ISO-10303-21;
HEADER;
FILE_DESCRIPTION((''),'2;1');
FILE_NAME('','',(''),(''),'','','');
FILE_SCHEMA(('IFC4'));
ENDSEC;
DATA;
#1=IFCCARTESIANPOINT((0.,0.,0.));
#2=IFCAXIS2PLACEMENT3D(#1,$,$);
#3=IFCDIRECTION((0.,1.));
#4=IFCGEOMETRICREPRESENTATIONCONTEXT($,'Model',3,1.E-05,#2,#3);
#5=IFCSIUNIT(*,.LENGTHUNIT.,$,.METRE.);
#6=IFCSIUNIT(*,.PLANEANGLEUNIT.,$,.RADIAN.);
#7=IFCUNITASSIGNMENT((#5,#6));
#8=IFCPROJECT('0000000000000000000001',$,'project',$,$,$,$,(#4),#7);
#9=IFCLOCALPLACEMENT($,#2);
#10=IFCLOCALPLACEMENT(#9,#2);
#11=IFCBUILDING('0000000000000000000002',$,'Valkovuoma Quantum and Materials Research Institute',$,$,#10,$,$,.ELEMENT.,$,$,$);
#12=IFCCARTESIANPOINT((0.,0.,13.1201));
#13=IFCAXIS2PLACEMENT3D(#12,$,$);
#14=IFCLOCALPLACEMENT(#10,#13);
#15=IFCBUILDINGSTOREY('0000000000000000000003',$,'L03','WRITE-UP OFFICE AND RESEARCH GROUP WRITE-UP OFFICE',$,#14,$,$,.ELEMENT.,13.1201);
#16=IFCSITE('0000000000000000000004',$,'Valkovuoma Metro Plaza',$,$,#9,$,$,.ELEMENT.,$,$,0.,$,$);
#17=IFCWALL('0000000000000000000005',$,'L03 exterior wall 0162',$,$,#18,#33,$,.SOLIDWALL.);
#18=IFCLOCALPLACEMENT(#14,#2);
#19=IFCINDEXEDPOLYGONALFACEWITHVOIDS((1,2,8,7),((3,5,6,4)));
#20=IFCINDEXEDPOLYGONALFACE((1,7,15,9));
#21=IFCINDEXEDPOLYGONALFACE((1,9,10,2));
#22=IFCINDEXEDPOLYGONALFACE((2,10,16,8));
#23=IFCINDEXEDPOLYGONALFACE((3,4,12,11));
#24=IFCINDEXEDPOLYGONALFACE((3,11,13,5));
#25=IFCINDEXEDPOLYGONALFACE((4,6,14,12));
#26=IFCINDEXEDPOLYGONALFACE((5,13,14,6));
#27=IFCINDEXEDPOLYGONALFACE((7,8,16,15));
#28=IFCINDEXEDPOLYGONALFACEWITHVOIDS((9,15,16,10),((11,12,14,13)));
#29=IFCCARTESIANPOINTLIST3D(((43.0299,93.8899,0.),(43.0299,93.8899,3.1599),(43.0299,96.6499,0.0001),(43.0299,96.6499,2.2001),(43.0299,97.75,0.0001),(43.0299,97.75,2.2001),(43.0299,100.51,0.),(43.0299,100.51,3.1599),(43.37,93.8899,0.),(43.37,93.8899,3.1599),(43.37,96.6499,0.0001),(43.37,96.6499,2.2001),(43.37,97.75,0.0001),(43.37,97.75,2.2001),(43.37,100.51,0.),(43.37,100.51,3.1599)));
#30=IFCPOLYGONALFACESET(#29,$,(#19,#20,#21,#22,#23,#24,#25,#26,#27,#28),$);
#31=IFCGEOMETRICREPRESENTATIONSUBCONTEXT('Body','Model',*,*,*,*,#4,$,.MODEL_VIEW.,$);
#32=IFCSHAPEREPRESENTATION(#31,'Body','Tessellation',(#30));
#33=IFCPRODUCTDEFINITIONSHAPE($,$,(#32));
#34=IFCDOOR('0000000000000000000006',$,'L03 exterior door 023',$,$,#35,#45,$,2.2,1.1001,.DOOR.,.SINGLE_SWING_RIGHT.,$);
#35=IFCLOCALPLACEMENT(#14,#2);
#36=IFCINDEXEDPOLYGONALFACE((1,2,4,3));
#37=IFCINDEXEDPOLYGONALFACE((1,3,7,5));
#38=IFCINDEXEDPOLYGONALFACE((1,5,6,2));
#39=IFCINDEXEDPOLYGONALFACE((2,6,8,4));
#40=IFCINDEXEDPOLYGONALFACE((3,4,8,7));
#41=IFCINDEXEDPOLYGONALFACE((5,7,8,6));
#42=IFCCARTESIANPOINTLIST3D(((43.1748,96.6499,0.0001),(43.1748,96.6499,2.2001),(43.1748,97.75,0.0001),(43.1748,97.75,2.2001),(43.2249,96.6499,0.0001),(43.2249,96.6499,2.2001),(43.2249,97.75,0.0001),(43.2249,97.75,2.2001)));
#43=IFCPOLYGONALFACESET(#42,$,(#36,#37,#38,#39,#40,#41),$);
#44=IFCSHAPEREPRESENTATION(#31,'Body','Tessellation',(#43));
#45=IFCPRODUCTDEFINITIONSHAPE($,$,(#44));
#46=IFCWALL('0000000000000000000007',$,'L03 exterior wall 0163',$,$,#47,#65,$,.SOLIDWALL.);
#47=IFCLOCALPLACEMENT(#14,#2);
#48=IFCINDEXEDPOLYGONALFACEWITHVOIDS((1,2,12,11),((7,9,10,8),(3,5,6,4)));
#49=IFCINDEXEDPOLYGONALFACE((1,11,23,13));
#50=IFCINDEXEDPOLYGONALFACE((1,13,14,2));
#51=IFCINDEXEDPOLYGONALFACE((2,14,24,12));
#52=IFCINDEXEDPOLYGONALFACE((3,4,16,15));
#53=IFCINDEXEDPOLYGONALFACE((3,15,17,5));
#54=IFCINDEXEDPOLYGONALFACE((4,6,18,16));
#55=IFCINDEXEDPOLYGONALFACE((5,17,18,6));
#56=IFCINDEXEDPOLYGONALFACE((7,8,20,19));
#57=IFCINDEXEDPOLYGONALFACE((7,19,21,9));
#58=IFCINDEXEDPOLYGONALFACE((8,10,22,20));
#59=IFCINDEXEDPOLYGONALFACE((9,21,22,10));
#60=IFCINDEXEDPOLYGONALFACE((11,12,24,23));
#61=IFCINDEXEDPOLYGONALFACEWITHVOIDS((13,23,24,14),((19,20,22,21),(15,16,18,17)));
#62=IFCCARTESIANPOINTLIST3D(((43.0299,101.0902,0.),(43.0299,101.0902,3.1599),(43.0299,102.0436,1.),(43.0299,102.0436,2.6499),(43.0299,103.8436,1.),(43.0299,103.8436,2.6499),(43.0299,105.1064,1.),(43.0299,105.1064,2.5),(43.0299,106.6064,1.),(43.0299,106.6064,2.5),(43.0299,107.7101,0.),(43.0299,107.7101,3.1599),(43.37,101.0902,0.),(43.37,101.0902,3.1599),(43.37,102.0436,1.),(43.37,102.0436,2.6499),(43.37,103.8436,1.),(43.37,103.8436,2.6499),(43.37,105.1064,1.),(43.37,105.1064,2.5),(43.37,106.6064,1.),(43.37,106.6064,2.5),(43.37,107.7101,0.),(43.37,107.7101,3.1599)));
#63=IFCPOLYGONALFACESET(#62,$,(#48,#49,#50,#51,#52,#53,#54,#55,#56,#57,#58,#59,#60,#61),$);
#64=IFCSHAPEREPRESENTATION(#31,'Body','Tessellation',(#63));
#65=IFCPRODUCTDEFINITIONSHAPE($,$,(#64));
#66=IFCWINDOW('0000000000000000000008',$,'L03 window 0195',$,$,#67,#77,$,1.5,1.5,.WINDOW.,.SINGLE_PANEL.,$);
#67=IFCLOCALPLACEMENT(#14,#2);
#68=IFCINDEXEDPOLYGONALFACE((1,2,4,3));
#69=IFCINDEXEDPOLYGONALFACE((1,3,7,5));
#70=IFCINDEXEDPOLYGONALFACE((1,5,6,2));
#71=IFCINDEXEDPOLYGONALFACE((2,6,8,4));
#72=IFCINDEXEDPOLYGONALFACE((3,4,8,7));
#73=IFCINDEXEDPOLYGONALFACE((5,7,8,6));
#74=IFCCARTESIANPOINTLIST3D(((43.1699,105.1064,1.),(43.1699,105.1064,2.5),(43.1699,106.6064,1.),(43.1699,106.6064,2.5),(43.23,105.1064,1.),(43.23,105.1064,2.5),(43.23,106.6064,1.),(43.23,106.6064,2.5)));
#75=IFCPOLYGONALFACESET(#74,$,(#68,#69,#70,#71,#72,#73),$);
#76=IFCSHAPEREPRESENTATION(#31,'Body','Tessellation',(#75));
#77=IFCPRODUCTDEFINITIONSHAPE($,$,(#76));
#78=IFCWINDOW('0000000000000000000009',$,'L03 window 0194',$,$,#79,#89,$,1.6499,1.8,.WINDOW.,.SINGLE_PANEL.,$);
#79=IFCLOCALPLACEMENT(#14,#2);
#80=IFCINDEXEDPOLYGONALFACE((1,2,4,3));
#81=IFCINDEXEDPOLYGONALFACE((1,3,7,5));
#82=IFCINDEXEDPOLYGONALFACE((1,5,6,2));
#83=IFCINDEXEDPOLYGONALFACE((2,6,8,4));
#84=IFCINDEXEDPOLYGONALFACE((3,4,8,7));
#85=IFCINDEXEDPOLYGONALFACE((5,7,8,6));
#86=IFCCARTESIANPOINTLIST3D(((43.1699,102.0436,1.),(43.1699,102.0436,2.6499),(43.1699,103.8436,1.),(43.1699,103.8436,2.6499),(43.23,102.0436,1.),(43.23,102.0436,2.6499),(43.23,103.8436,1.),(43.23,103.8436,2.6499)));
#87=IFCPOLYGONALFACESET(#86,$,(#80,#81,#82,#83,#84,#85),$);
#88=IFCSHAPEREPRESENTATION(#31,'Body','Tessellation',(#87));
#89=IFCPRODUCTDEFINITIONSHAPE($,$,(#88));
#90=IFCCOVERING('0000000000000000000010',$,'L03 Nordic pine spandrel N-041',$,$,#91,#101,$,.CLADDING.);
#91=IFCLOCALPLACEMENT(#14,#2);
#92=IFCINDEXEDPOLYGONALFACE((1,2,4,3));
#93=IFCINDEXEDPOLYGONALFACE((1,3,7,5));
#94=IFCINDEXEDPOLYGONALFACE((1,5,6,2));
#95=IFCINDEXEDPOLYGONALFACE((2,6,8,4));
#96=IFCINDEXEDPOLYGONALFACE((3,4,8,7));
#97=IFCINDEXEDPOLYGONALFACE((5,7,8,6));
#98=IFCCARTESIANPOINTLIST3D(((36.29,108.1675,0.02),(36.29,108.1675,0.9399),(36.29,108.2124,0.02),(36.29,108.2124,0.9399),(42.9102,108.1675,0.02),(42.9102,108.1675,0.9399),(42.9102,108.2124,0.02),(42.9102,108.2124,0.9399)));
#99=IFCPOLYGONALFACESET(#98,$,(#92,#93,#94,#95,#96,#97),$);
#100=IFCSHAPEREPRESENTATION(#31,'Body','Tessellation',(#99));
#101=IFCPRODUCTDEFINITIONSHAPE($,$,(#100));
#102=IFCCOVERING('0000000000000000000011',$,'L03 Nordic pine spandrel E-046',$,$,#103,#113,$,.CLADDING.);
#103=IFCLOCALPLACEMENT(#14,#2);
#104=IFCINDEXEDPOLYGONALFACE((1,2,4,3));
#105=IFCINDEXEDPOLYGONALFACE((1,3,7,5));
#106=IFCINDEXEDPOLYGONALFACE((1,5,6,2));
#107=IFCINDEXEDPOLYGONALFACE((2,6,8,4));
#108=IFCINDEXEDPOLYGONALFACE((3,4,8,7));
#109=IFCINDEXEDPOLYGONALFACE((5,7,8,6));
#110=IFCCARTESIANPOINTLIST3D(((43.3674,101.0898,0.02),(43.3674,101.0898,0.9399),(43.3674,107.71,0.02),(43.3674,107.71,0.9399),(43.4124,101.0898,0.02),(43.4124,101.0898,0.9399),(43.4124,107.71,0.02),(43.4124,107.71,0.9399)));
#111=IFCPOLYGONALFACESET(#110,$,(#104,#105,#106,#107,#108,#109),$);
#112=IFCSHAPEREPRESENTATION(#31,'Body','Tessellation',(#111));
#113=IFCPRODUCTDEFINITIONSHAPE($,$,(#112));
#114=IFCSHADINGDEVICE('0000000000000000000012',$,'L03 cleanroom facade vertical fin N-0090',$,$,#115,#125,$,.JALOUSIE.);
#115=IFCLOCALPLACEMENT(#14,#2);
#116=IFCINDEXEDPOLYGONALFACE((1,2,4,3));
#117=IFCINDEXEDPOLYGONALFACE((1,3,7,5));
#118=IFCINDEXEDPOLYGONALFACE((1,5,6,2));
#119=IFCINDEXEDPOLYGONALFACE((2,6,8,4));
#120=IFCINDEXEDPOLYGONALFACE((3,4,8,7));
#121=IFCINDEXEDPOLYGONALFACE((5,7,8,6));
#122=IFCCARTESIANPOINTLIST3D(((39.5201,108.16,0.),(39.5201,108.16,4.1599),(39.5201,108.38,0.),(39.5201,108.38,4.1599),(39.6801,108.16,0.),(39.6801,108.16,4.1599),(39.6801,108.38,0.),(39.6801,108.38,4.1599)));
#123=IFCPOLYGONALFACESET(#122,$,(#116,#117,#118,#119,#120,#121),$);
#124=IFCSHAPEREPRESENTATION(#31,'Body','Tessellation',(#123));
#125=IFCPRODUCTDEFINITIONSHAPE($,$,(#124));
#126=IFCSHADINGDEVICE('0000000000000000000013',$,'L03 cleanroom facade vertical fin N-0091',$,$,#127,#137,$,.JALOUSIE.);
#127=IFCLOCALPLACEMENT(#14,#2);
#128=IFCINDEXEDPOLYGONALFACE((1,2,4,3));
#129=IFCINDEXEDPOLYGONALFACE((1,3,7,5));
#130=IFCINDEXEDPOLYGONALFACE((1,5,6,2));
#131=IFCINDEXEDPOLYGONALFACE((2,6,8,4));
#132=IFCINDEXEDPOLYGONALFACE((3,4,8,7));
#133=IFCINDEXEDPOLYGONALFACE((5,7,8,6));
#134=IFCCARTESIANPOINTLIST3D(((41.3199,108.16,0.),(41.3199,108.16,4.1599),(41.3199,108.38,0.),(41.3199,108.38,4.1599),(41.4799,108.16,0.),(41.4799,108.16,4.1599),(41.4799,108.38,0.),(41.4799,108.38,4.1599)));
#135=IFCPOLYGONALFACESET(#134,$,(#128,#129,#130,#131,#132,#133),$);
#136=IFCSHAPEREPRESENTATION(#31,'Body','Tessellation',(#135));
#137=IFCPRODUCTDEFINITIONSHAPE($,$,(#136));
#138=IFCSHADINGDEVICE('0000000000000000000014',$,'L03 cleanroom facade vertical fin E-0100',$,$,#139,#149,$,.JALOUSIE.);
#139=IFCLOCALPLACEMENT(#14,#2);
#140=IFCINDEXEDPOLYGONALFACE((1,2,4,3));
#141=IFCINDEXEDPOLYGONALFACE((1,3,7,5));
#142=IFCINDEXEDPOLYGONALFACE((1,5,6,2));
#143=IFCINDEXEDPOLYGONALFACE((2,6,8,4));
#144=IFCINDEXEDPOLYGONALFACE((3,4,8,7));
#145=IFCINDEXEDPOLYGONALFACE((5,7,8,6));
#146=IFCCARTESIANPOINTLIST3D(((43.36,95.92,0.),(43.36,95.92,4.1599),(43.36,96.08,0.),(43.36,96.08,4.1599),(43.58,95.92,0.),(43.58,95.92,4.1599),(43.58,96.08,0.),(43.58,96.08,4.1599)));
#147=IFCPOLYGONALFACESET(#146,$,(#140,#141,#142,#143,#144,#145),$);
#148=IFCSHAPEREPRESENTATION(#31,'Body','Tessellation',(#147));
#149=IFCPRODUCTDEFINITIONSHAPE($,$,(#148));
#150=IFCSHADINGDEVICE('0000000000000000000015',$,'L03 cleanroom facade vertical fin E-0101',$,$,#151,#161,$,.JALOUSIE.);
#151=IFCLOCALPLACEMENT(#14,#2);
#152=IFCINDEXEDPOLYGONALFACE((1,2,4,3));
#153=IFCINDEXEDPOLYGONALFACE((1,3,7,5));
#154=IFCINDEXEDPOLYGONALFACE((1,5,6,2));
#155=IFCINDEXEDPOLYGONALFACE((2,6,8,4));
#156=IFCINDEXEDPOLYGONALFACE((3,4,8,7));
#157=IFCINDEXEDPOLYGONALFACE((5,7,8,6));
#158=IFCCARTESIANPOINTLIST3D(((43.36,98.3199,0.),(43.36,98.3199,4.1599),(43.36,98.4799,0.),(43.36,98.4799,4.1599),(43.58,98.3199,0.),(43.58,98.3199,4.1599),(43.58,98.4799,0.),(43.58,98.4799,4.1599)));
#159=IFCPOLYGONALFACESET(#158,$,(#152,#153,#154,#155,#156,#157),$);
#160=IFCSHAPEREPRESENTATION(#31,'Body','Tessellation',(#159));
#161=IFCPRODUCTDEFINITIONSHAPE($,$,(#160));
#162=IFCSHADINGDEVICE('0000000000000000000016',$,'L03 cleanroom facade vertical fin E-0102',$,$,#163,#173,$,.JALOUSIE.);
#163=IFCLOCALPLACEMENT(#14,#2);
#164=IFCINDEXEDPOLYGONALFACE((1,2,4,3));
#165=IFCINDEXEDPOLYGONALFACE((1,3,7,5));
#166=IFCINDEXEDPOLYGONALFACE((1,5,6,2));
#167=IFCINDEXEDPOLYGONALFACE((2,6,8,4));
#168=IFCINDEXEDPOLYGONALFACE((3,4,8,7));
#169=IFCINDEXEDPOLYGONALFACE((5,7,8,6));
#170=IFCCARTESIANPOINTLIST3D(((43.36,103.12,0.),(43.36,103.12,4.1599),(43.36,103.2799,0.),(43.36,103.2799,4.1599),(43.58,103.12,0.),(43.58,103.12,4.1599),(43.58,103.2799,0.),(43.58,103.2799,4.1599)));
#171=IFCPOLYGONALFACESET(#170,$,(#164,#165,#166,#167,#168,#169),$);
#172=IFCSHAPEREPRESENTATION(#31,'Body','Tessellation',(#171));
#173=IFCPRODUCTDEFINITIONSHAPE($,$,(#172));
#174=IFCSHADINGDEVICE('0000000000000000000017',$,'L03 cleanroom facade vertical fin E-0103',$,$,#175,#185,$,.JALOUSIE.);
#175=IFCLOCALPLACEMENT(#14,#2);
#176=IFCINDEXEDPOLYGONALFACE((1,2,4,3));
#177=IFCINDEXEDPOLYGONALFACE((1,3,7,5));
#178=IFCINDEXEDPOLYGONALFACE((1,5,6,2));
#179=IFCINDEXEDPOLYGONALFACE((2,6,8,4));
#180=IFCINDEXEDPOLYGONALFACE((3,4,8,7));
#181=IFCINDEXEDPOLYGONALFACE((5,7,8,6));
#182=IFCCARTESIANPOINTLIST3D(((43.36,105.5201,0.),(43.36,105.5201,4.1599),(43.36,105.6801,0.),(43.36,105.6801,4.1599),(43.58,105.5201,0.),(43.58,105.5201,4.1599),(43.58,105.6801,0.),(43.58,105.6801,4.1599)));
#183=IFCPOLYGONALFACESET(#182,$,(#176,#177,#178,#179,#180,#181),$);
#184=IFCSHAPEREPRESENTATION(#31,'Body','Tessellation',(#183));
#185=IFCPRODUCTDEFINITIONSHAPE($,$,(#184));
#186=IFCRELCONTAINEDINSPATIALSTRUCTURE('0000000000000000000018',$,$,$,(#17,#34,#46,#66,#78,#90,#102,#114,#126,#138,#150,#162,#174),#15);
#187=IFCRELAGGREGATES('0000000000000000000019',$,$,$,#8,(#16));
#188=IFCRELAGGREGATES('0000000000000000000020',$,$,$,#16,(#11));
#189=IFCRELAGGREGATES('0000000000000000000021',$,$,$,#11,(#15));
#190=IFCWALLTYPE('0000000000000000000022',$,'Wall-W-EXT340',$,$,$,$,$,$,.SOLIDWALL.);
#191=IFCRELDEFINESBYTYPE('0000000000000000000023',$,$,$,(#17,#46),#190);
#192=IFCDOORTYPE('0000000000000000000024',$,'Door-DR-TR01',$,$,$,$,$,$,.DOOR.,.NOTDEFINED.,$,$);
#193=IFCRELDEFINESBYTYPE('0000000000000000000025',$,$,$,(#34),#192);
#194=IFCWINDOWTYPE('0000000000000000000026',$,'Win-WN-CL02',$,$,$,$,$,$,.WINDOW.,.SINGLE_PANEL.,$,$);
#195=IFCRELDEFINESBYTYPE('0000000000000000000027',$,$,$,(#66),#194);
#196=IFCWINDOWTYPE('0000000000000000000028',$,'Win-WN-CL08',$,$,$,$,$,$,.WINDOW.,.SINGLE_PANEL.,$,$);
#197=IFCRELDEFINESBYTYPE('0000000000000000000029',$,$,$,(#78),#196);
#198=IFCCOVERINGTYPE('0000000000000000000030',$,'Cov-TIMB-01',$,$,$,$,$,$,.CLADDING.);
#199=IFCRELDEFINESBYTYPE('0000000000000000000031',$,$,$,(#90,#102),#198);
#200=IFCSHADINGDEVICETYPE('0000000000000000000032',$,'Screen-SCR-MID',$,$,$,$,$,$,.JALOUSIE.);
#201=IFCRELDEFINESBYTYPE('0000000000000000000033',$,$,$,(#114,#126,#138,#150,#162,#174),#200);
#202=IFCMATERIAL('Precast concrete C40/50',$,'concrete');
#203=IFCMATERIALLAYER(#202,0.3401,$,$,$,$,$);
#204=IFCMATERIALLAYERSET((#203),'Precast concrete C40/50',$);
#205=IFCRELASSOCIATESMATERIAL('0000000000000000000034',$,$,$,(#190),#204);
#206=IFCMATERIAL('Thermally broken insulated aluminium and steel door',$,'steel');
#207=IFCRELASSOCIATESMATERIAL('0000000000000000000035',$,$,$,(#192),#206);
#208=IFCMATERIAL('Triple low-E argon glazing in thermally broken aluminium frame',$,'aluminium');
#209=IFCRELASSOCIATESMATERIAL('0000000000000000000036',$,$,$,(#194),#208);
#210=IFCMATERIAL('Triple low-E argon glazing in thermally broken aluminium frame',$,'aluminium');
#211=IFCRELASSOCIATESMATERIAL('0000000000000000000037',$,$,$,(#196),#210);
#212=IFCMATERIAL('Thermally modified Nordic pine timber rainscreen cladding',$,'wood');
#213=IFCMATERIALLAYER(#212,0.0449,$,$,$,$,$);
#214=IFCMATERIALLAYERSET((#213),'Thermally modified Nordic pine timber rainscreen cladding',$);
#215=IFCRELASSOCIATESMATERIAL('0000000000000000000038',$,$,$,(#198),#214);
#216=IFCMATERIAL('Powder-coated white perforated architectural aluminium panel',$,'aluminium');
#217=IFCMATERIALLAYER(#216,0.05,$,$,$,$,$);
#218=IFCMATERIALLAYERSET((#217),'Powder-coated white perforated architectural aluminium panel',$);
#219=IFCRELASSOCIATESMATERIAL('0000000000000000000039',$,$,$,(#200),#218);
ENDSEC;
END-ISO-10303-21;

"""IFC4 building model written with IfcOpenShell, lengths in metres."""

from ifc_helpers import new_model, si_unit, direction, frame, frame_2d, origin, origin_2d, place, context, subcontext, project, spatial, rectangle, extrude, material, layer, layer_set, type_object, element, fill, save


model = new_model("IFC4")

# Units and contexts
model_context = context("Model", 3, precision=1e-05, world=origin(), true_north=direction((0.0, 1.0)))
body_context = subcontext(model_context, "Body", "Model", "MODEL_VIEW")
ifc_project = project(units=[si_unit("LENGTHUNIT", "METRE"), si_unit("PLANEANGLEUNIT", "RADIAN")], contexts=[model_context])

# Site, building, storey
site_placement = place(None, origin())
site = spatial("IfcSite", under=ifc_project, at=site_placement, Name="Valkovuoma Metro Plaza", CompositionType="ELEMENT", RefElevation=0.0)
building_placement = place(site_placement, origin())
building = spatial("IfcBuilding", under=site, at=building_placement, Name="Valkovuoma Quantum and Materials Research Institute", CompositionType="ELEMENT")
storey_placement = place(building_placement, frame((0.0, 0.0, 13.1201)))
storey = spatial("IfcBuildingStorey", under=building, at=storey_placement, Name="L03", Description="WRITE-UP OFFICE AND RESEARCH GROUP WRITE-UP OFFICE", CompositionType="ELEMENT", Elevation=13.1201)

# Wall, opening, door
ifc_material_1 = material(Name="Precast concrete C40/50", Category="concrete")
ifc_layer_1 = layer(ifc_material_1, 0.3401)
ifc_layer_set_1 = layer_set([ifc_layer_1], Name="Precast concrete C40/50")
wall_type = type_object("IfcWallType", Name="Wall-W-EXT340", PredefinedType="SOLIDWALL", material=ifc_layer_set_1)
wall_1_placement = place(storey_placement, frame((43.2, 93.8899, 0.0), z_axis=(0.0, 0.0, 1.0), x_axis=(0.0, 1.0, 0.0)))
wall_1 = element("IfcWall", 1, at=wall_1_placement, inside=storey, type_object=wall_type, Name="L03 exterior wall 0162", PredefinedType="SOLIDWALL", context=body_context, shape_type="SweptSolid", body=[
    extrude(rectangle(XDim=6.6201, YDim=0.3401, at=frame_2d((3.3101, 0.0))), origin(), (0.0, 0.0, 1.0), 3.1599),
])
opening_1_placement = place(wall_1_placement, frame((2.76, 0.0, 0.0)))
opening_1 = element("IfcOpeningElement", 2, at=opening_1_placement, cuts=wall_1, PredefinedType="OPENING", context=body_context, shape_type="SweptSolid", body=[
    extrude(rectangle(XDim=1.1001, YDim=2.2, at=frame_2d((0.55, 1.1001))), frame((0.0, 0.1802, 0.0), z_axis=(0.0, -1.0, 0.0), x_axis=(1.0, 0.0, 0.0)), (0.0, 0.0, 1.0), 0.3601),
])
ifc_material_2 = material(Name="Thermally broken insulated aluminium and steel door", Category="steel")
door_type = type_object("IfcDoorType", Name="Door-DR-TR01", OperationType="NOTDEFINED", PredefinedType="DOOR", material=ifc_material_2)
door_placement = place(opening_1_placement, frame((1.1001, 0.0, 0.0), z_axis=(0.0, 0.0, 1.0), x_axis=(-1.0, 0.0, 0.0)))
door = element("IfcDoor", 3, at=door_placement, inside=storey, type_object=door_type, Name="L03 exterior door 023", OperationType="SINGLE_SWING_RIGHT", OverallHeight=2.2, OverallWidth=1.1001, PredefinedType="DOOR", context=body_context, shape_type="SweptSolid", body=[
    extrude(rectangle(XDim=1.1001, YDim=2.2, at=frame_2d((0.55, 1.1001))), frame((0.0, 0.0249, 0.0), z_axis=(0.0, -1.0, 0.0), x_axis=(1.0, 0.0, 0.0)), (0.0, 0.0, 1.0), 0.05),
])
fill(opening_1, door)

# Wall, openings, windows
wall_2_placement = place(storey_placement, frame((43.2, 101.0901, 0.0), z_axis=(0.0, 0.0, 1.0), x_axis=(0.0, 1.0, 0.0)))
wall_2 = element("IfcWall", 4, at=wall_2_placement, inside=storey, type_object=wall_type, Name="L03 exterior wall 0163", PredefinedType="SOLIDWALL", context=body_context, shape_type="SweptSolid", body=[
    extrude(rectangle(XDim=6.6199, YDim=0.3401, at=frame_2d((3.3101, 0.0))), origin(), (0.0, 0.0, 1.0), 3.1599),
])
opening_2_placement = place(wall_2_placement, frame((0.9536, 0.0, 1.0)))
opening_2 = element("IfcOpeningElement", 5, at=opening_2_placement, cuts=wall_2, PredefinedType="OPENING", context=body_context, shape_type="SweptSolid", body=[
    extrude(rectangle(XDim=1.8, YDim=1.6499, at=frame_2d((0.8999, 0.825))), frame((0.0, 0.1802, 0.0), z_axis=(0.0, -1.0, 0.0), x_axis=(1.0, 0.0, 0.0)), (0.0, 0.0, 1.0), 0.3601),
])
opening_3_placement = place(wall_2_placement, frame((4.0164, 0.0, 1.0)))
opening_3 = element("IfcOpeningElement", 6, at=opening_3_placement, cuts=wall_2, PredefinedType="OPENING", context=body_context, shape_type="SweptSolid", body=[
    extrude(rectangle(XDim=1.5, YDim=1.5, at=frame_2d((0.75, 0.75))), frame((0.0, 0.1802, 0.0), z_axis=(0.0, -1.0, 0.0), x_axis=(1.0, 0.0, 0.0)), (0.0, 0.0, 1.0), 0.3601),
])
ifc_material_3 = material(Name="Triple low-E argon glazing in thermally broken aluminium frame", Category="aluminium")
window_type_1 = type_object("IfcWindowType", Name="Win-WN-CL02", PartitioningType="SINGLE_PANEL", PredefinedType="WINDOW", material=ifc_material_3)
window_1_placement = place(opening_3_placement, origin())
window_1 = element("IfcWindow", 7, at=window_1_placement, inside=storey, type_object=window_type_1, Name="L03 window 0195", OverallHeight=1.5, OverallWidth=1.5, PartitioningType="SINGLE_PANEL", PredefinedType="WINDOW", context=body_context, shape_type="SweptSolid", body=[
    extrude(rectangle(XDim=1.5, YDim=1.5, at=frame_2d((0.75, 0.75))), frame((0.0, 0.03, 0.0), z_axis=(0.0, -1.0, 0.0), x_axis=(1.0, 0.0, 0.0)), (0.0, 0.0, 1.0), 0.0601),
])
fill(opening_3, window_1)
ifc_material_4 = material(Name="Triple low-E argon glazing in thermally broken aluminium frame", Category="aluminium")
window_type_2 = type_object("IfcWindowType", Name="Win-WN-CL08", PartitioningType="SINGLE_PANEL", PredefinedType="WINDOW", material=ifc_material_4)
window_2_placement = place(opening_2_placement, origin())
window_2 = element("IfcWindow", 8, at=window_2_placement, inside=storey, type_object=window_type_2, Name="L03 window 0194", OverallHeight=1.6499, OverallWidth=1.8, PartitioningType="SINGLE_PANEL", PredefinedType="WINDOW", context=body_context, shape_type="SweptSolid", body=[
    extrude(rectangle(XDim=1.8, YDim=1.6499, at=frame_2d((0.8999, 0.825))), frame((0.0, 0.03, 0.0), z_axis=(0.0, -1.0, 0.0), x_axis=(1.0, 0.0, 0.0)), (0.0, 0.0, 1.0), 0.0601),
])
fill(opening_2, window_2)

# Coverings
ifc_material_5 = material(Name="Thermally modified Nordic pine timber rainscreen cladding", Category="wood")
ifc_layer_2 = layer(ifc_material_5, 0.0449)
ifc_layer_set_2 = layer_set([ifc_layer_2], Name="Thermally modified Nordic pine timber rainscreen cladding")
covering_type = type_object("IfcCoveringType", Name="Cov-TIMB-01", PredefinedType="CLADDING", material=ifc_layer_set_2)
covering_1_placement = place(storey_placement, frame((39.6001, 108.1899, 0.02), z_axis=(0.0, 0.0, 1.0), x_axis=(1.0, 0.0, 0.0)))
element("IfcCovering", 9, at=covering_1_placement, inside=storey, type_object=covering_type, Name="L03 Nordic pine spandrel N-041", PredefinedType="CLADDING", context=body_context, shape_type="SweptSolid", body=[
    extrude(rectangle(XDim=6.6201, YDim=0.0449, at=origin_2d()), origin(), (0.0, 0.0, 1.0), 0.9199),
])
covering_2_placement = place(storey_placement, frame((43.3899, 104.3999, 0.02), z_axis=(0.0, 0.0, 1.0), x_axis=(1.0, 0.0, 0.0)))
element("IfcCovering", 10, at=covering_2_placement, inside=storey, type_object=covering_type, Name="L03 Nordic pine spandrel E-046", PredefinedType="CLADDING", context=body_context, shape_type="SweptSolid", body=[
    extrude(rectangle(XDim=0.0449, YDim=6.6201, at=origin_2d()), origin(), (0.0, 0.0, 1.0), 0.9199),
])

# Shading devices
ifc_material_6 = material(Name="Powder-coated white perforated architectural aluminium panel", Category="aluminium")
ifc_layer_3 = layer(ifc_material_6, 0.05)
ifc_layer_set_3 = layer_set([ifc_layer_3], Name="Powder-coated white perforated architectural aluminium panel")
shading_device_type = type_object("IfcShadingDeviceType", Name="Screen-SCR-MID", PredefinedType="JALOUSIE", material=ifc_layer_set_3)
for number, where, z_axis, x_axis, name in (
    (11, (39.6001, 108.27, 0.0), (0.0, 0.0, 1.0), (1.0, 0.0, 0.0), "L03 cleanroom facade vertical fin N-0090"),
    (12, (41.3999, 108.27, 0.0), (0.0, 0.0, 1.0), (1.0, 0.0, 0.0), "L03 cleanroom facade vertical fin N-0091"),
):
    element("IfcShadingDevice", number, at=place(storey_placement, frame(where, z_axis=z_axis, x_axis=x_axis)), inside=storey, type_object=shading_device_type, Name=name, PredefinedType="JALOUSIE", context=body_context, shape_type="SweptSolid", body=[
        extrude(rectangle(XDim=0.1599, YDim=0.22, at=origin_2d()), origin(), (0.0, 0.0, 1.0), 4.1599),
    ])
for number, where, z_axis, x_axis, name in (
    (13, (43.47, 96.0, 0.0), (0.0, 0.0, 1.0), (1.0, 0.0, 0.0), "L03 cleanroom facade vertical fin E-0100"),
    (14, (43.47, 98.3999, 0.0), (0.0, 0.0, 1.0), (1.0, 0.0, 0.0), "L03 cleanroom facade vertical fin E-0101"),
    (15, (43.47, 103.2, 0.0), (0.0, 0.0, 1.0), (1.0, 0.0, 0.0), "L03 cleanroom facade vertical fin E-0102"),
    (16, (43.47, 105.6001, 0.0), (0.0, 0.0, 1.0), (1.0, 0.0, 0.0), "L03 cleanroom facade vertical fin E-0103"),
):
    element("IfcShadingDevice", number, at=place(storey_placement, frame(where, z_axis=z_axis, x_axis=x_axis)), inside=storey, type_object=shading_device_type, Name=name, PredefinedType="JALOUSIE", context=body_context, shape_type="SweptSolid", body=[
        extrude(rectangle(XDim=0.22, YDim=0.1599, at=origin_2d()), origin(), (0.0, 0.0, 1.0), 4.1599),
    ])

save(model, "model.ifc")
